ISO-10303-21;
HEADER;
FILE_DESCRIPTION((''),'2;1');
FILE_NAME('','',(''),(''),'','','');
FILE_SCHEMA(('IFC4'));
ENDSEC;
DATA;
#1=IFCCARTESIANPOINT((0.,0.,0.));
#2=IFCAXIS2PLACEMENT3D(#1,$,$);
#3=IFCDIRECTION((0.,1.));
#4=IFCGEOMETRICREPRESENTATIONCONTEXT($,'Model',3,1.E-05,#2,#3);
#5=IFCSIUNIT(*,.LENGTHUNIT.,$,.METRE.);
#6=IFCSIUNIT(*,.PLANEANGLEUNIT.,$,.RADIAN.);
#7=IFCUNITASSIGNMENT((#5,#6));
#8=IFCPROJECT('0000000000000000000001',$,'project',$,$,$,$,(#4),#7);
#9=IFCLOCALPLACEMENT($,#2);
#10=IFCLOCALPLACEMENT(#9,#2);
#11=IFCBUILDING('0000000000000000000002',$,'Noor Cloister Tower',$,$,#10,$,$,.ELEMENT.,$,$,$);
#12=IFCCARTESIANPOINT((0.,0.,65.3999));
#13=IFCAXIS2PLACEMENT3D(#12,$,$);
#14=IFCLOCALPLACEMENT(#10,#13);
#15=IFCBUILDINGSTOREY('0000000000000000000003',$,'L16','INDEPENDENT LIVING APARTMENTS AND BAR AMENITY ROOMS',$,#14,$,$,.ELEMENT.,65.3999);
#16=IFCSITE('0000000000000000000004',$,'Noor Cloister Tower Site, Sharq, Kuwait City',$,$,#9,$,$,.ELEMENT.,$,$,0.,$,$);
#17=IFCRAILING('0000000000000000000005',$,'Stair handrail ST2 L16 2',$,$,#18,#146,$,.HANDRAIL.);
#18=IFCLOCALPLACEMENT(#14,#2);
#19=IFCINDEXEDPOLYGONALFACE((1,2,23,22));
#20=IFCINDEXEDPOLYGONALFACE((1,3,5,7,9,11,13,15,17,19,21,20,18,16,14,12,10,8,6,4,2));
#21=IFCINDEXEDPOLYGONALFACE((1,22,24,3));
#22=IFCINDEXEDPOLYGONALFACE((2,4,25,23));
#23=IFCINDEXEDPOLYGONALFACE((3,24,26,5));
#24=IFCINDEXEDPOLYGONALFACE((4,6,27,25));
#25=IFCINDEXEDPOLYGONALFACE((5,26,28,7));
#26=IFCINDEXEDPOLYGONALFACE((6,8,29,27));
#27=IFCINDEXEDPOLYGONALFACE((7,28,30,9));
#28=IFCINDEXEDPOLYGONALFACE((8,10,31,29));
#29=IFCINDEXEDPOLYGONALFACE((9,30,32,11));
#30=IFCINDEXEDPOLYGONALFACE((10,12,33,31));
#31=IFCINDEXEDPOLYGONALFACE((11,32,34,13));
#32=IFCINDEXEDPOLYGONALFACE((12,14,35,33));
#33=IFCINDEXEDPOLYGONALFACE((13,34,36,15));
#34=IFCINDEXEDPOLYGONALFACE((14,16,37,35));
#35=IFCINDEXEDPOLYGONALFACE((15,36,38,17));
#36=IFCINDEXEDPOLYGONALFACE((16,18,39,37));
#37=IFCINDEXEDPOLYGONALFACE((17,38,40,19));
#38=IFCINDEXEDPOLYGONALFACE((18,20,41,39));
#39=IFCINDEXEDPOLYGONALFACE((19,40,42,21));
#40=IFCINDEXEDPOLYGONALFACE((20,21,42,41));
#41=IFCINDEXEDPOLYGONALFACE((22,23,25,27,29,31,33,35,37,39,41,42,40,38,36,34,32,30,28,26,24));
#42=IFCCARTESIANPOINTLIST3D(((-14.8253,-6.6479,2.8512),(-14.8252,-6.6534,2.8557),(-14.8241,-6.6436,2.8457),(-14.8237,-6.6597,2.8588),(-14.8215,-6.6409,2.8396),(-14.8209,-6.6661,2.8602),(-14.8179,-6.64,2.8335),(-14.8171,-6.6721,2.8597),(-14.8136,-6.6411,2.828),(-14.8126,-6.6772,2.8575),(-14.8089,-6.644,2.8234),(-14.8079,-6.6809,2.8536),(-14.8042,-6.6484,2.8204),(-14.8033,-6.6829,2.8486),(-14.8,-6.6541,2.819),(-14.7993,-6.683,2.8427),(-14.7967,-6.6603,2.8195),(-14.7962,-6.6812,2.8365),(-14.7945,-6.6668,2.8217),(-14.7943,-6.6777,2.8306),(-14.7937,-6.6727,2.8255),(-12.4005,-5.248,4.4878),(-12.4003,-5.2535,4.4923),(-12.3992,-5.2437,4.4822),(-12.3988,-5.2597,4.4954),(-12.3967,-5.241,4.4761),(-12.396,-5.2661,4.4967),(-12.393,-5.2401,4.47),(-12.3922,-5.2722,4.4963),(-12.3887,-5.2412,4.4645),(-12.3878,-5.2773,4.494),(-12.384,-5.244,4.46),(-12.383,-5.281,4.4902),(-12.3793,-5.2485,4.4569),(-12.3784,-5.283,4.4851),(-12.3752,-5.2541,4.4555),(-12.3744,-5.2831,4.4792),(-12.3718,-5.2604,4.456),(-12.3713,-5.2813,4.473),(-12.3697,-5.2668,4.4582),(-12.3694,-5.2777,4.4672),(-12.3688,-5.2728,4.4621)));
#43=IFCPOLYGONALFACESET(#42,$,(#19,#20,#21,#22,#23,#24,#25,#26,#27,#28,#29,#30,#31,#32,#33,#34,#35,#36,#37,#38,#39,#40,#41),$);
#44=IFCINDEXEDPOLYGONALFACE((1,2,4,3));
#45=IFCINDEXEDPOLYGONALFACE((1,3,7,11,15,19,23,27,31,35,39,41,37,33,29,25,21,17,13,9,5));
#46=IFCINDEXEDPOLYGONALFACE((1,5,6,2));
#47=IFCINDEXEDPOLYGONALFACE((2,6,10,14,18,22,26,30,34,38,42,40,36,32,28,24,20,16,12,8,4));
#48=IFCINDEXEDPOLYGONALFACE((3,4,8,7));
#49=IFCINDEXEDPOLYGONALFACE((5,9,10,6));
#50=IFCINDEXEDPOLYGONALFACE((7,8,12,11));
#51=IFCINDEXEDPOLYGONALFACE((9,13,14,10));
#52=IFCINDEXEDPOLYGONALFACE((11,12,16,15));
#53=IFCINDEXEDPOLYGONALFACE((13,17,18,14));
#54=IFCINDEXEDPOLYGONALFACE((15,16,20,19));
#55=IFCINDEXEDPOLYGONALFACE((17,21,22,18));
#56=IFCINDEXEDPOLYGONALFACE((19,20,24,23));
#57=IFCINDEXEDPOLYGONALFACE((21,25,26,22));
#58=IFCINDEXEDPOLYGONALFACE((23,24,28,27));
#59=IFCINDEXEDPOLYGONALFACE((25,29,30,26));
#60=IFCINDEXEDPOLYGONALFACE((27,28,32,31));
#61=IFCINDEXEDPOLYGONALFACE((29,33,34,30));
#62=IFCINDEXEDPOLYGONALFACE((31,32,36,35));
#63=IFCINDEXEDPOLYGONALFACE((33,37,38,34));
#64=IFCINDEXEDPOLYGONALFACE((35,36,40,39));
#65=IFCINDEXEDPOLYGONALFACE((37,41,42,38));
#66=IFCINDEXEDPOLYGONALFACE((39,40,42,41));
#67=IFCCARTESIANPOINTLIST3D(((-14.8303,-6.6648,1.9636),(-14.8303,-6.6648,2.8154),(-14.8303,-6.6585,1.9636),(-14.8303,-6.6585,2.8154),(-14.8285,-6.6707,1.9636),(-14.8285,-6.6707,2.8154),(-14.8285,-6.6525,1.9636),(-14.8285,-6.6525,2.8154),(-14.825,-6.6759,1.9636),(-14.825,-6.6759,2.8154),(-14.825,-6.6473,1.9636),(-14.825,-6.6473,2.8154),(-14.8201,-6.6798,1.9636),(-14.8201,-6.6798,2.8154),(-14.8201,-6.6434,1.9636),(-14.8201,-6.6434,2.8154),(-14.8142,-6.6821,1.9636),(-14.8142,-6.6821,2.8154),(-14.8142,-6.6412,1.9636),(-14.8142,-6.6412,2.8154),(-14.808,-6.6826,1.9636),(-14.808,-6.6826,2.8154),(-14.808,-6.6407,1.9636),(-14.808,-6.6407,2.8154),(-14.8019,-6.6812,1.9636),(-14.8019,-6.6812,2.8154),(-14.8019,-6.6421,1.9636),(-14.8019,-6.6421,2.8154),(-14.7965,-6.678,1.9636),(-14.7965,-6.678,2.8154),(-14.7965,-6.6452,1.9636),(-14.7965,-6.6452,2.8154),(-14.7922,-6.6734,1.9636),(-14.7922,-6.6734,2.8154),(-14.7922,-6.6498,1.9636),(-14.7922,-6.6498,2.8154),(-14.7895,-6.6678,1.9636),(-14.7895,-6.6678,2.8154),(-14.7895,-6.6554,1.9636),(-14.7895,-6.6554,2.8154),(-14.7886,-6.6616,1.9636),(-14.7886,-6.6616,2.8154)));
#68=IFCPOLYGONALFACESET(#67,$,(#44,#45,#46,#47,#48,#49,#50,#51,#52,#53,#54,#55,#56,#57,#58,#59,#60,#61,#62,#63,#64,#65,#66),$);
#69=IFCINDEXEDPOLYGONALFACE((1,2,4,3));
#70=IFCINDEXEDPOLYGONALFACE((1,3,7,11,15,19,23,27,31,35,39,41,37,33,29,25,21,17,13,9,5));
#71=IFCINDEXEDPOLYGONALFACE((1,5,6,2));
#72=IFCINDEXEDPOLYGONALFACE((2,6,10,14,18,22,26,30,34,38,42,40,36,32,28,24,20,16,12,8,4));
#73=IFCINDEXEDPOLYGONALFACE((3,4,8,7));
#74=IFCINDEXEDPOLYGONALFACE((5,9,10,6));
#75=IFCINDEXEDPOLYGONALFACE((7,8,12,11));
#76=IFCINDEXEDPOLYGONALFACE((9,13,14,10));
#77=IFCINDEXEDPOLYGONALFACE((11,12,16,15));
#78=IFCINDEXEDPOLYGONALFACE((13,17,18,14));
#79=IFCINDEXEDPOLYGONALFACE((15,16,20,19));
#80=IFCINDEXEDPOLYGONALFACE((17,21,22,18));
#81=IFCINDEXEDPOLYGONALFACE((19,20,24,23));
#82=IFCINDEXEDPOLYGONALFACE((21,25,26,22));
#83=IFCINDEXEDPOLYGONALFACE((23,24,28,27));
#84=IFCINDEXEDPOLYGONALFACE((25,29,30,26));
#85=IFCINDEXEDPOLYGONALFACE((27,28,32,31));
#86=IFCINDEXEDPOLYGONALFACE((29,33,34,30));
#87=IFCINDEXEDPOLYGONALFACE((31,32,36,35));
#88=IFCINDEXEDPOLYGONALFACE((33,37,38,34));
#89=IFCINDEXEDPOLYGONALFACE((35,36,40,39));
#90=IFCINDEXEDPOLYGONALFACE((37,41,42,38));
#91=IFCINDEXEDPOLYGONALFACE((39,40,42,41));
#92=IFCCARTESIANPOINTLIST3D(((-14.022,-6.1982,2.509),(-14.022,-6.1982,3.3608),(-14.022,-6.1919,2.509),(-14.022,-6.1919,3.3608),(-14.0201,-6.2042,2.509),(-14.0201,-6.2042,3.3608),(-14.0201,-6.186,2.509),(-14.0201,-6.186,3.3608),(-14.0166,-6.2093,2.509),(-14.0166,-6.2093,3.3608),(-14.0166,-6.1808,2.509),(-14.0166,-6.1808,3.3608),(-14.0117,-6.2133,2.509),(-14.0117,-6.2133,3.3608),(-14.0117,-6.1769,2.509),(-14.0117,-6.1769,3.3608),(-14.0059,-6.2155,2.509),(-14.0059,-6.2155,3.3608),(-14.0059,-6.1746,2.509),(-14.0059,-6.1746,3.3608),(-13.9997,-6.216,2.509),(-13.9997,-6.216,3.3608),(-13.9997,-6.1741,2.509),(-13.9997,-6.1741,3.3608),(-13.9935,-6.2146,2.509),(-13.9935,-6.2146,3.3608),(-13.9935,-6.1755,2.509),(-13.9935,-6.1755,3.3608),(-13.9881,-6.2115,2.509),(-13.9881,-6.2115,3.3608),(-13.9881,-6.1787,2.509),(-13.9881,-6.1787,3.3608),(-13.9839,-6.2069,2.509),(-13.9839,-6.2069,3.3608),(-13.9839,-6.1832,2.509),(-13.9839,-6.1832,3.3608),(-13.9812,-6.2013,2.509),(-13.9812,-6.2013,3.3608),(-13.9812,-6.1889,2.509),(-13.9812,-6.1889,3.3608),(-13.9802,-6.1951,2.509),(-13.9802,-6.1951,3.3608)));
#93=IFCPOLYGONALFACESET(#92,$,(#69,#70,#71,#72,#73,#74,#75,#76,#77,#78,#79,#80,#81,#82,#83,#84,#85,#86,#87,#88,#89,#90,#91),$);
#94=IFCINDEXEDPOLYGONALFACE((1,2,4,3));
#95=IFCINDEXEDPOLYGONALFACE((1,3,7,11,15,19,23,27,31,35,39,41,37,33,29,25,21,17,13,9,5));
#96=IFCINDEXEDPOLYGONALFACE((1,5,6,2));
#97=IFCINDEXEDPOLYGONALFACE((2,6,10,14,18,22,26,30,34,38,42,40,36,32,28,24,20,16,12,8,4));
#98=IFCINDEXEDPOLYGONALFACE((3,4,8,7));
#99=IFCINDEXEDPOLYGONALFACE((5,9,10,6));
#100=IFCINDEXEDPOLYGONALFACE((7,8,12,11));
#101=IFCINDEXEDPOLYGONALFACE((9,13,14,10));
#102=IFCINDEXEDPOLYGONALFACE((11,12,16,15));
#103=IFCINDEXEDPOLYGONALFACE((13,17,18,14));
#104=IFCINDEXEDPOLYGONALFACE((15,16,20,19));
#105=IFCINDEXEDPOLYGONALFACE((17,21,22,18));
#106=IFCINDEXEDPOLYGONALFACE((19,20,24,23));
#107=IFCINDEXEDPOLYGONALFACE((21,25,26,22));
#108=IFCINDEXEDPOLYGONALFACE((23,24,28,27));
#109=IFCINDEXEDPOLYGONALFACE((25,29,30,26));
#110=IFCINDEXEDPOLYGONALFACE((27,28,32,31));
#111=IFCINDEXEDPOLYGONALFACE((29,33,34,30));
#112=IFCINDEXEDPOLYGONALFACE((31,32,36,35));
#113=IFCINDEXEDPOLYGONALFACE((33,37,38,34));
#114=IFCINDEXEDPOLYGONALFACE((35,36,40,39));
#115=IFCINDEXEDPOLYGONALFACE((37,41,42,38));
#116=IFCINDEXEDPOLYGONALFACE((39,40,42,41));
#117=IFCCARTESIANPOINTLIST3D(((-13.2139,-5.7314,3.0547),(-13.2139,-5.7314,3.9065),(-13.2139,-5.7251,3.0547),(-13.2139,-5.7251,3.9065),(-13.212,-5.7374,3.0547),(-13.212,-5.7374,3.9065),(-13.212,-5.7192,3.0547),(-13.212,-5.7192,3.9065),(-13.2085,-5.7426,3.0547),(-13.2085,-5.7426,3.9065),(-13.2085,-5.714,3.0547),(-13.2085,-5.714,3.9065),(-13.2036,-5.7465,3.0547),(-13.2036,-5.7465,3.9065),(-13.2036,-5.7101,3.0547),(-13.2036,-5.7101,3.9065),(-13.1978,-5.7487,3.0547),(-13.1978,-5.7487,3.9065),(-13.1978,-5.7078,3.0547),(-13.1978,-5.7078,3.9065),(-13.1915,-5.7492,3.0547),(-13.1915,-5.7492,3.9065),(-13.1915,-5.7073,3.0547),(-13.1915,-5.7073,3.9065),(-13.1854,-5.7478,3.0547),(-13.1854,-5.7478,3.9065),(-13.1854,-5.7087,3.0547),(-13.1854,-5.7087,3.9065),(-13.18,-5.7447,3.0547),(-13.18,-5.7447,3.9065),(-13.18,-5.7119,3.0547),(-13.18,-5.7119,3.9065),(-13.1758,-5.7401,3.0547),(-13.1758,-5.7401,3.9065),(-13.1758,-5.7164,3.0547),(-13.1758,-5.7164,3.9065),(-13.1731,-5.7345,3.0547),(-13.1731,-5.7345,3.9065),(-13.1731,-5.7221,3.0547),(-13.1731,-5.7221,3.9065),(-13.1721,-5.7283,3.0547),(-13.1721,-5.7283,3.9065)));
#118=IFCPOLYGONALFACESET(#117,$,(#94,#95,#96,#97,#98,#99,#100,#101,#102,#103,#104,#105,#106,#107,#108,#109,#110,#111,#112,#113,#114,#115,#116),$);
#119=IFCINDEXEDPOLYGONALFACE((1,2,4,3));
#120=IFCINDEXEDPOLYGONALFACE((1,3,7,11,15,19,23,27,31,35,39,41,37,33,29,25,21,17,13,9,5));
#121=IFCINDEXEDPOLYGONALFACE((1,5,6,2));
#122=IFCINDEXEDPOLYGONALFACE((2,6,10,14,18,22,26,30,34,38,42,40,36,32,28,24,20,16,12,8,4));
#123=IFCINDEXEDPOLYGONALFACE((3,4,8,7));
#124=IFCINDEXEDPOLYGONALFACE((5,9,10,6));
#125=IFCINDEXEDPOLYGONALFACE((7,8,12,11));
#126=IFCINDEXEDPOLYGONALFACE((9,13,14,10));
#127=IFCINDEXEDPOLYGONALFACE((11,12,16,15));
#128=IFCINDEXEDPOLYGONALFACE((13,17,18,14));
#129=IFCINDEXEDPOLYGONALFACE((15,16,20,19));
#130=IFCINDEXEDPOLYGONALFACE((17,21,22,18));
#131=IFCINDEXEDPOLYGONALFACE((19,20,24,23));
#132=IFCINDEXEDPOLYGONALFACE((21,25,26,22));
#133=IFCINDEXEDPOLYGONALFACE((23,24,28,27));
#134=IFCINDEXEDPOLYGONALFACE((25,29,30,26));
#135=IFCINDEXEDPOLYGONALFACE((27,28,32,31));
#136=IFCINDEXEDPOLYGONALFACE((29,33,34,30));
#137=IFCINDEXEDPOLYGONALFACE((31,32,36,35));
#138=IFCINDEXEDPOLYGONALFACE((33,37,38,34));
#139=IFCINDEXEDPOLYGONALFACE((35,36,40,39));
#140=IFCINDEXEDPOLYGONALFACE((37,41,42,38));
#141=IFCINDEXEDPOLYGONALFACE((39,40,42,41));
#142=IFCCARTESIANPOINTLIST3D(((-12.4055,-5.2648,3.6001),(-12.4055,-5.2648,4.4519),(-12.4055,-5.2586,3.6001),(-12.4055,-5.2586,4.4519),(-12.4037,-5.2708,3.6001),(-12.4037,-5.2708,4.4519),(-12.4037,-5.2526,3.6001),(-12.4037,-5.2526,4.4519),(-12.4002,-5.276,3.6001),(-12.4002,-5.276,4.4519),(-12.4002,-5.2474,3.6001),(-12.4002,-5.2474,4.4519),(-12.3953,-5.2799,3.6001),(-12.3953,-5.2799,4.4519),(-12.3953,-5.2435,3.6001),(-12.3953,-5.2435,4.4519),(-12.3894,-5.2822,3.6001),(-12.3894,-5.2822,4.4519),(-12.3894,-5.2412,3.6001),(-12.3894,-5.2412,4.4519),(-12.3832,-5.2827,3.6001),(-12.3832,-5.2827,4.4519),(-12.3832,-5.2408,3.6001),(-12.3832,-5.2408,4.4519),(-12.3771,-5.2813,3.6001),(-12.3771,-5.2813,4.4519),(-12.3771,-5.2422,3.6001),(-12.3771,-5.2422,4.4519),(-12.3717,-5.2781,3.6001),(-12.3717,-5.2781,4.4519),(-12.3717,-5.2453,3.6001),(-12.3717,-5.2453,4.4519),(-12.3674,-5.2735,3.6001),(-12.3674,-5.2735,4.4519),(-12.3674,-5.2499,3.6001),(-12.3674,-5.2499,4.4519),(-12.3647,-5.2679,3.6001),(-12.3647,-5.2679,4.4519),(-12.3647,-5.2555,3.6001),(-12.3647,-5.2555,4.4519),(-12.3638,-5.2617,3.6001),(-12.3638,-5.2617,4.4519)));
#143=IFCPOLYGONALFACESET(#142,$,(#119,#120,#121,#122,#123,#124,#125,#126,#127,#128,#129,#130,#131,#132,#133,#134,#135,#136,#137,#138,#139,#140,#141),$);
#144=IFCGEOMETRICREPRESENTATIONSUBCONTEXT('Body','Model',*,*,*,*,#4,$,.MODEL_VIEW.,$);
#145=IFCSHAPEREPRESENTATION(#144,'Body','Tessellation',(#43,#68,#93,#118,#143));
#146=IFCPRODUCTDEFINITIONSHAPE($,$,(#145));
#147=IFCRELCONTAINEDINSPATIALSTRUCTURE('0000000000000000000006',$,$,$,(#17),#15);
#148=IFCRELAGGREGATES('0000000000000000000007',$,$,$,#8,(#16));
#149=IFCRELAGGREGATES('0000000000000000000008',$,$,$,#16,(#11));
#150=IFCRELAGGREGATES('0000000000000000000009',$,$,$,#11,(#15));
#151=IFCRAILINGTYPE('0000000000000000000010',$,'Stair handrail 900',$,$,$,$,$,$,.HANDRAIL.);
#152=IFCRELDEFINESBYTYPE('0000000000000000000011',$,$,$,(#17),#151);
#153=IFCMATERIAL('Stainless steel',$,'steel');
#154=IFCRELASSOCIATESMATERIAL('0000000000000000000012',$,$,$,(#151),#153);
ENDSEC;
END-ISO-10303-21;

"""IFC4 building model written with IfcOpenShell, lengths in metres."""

from ifc_helpers import new_model, si_unit, direction, frame, origin, origin_2d, place, context, subcontext, project, spatial, circle, extrude, material, type_object, element, save


model = new_model("IFC4")

# Units and contexts
model_context = context("Model", 3, precision=1e-05, world=origin(), true_north=direction((0.0, 1.0)))
body_context = subcontext(model_context, "Body", "Model", "MODEL_VIEW")
ifc_project = project(units=[si_unit("LENGTHUNIT", "METRE"), si_unit("PLANEANGLEUNIT", "RADIAN")], contexts=[model_context])

# Site, building, storey
site_placement = place(None, origin())
site = spatial("IfcSite", under=ifc_project, at=site_placement, Name="Noor Cloister Tower Site, Sharq, Kuwait City", CompositionType="ELEMENT", RefElevation=0.0)
building_placement = place(site_placement, origin())
building = spatial("IfcBuilding", under=site, at=building_placement, Name="Noor Cloister Tower", CompositionType="ELEMENT")
storey_placement = place(building_placement, frame((0.0, 0.0, 65.3999)))
storey = spatial("IfcBuildingStorey", under=building, at=storey_placement, Name="L16", Description="INDEPENDENT LIVING APARTMENTS AND BAR AMENITY ROOMS", CompositionType="ELEMENT", Elevation=65.3999)

# Railing
ifc_material_1 = material(Name="Stainless steel", Category="steel")
railing_type = type_object("IfcRailingType", Name="Stair handrail 900", PredefinedType="HANDRAIL", material=ifc_material_1)
railing_placement = place(storey_placement, frame((-14.8096, -6.6616, 1.9636)))
element("IfcRailing", 1, at=railing_placement, inside=storey, type_object=railing_type, Name="Stair handrail ST2 L16 2", PredefinedType="HANDRAIL", context=body_context, shape_type="SweptSolid", body=[
    extrude(circle(Radius=0.0239, at=origin_2d()), frame((0.0, 0.0, 0.876), z_axis=(0.74769, 0.431661, 0.504608), x_axis=(-0.499984, 0.866035, 0.0)), (0.0, 0.0, 1.0), 3.2432),
    extrude(circle(Radius=0.021, at=origin_2d()), origin(), (0.0, 0.0, 1.0), 0.8518),
    extrude(circle(Radius=0.021, at=origin_2d()), frame((0.8083, 0.4666, 0.5454)), (0.0, 0.0, 1.0), 0.8518),
    extrude(circle(Radius=0.021, at=origin_2d()), frame((1.6165, 0.9333, 1.0911)), (0.0, 0.0, 1.0), 0.8518),
    extrude(circle(Radius=0.021, at=origin_2d()), frame((2.4248, 1.3999, 1.6365)), (0.0, 0.0, 1.0), 0.8518),
])

save(model, "model.ifc")
